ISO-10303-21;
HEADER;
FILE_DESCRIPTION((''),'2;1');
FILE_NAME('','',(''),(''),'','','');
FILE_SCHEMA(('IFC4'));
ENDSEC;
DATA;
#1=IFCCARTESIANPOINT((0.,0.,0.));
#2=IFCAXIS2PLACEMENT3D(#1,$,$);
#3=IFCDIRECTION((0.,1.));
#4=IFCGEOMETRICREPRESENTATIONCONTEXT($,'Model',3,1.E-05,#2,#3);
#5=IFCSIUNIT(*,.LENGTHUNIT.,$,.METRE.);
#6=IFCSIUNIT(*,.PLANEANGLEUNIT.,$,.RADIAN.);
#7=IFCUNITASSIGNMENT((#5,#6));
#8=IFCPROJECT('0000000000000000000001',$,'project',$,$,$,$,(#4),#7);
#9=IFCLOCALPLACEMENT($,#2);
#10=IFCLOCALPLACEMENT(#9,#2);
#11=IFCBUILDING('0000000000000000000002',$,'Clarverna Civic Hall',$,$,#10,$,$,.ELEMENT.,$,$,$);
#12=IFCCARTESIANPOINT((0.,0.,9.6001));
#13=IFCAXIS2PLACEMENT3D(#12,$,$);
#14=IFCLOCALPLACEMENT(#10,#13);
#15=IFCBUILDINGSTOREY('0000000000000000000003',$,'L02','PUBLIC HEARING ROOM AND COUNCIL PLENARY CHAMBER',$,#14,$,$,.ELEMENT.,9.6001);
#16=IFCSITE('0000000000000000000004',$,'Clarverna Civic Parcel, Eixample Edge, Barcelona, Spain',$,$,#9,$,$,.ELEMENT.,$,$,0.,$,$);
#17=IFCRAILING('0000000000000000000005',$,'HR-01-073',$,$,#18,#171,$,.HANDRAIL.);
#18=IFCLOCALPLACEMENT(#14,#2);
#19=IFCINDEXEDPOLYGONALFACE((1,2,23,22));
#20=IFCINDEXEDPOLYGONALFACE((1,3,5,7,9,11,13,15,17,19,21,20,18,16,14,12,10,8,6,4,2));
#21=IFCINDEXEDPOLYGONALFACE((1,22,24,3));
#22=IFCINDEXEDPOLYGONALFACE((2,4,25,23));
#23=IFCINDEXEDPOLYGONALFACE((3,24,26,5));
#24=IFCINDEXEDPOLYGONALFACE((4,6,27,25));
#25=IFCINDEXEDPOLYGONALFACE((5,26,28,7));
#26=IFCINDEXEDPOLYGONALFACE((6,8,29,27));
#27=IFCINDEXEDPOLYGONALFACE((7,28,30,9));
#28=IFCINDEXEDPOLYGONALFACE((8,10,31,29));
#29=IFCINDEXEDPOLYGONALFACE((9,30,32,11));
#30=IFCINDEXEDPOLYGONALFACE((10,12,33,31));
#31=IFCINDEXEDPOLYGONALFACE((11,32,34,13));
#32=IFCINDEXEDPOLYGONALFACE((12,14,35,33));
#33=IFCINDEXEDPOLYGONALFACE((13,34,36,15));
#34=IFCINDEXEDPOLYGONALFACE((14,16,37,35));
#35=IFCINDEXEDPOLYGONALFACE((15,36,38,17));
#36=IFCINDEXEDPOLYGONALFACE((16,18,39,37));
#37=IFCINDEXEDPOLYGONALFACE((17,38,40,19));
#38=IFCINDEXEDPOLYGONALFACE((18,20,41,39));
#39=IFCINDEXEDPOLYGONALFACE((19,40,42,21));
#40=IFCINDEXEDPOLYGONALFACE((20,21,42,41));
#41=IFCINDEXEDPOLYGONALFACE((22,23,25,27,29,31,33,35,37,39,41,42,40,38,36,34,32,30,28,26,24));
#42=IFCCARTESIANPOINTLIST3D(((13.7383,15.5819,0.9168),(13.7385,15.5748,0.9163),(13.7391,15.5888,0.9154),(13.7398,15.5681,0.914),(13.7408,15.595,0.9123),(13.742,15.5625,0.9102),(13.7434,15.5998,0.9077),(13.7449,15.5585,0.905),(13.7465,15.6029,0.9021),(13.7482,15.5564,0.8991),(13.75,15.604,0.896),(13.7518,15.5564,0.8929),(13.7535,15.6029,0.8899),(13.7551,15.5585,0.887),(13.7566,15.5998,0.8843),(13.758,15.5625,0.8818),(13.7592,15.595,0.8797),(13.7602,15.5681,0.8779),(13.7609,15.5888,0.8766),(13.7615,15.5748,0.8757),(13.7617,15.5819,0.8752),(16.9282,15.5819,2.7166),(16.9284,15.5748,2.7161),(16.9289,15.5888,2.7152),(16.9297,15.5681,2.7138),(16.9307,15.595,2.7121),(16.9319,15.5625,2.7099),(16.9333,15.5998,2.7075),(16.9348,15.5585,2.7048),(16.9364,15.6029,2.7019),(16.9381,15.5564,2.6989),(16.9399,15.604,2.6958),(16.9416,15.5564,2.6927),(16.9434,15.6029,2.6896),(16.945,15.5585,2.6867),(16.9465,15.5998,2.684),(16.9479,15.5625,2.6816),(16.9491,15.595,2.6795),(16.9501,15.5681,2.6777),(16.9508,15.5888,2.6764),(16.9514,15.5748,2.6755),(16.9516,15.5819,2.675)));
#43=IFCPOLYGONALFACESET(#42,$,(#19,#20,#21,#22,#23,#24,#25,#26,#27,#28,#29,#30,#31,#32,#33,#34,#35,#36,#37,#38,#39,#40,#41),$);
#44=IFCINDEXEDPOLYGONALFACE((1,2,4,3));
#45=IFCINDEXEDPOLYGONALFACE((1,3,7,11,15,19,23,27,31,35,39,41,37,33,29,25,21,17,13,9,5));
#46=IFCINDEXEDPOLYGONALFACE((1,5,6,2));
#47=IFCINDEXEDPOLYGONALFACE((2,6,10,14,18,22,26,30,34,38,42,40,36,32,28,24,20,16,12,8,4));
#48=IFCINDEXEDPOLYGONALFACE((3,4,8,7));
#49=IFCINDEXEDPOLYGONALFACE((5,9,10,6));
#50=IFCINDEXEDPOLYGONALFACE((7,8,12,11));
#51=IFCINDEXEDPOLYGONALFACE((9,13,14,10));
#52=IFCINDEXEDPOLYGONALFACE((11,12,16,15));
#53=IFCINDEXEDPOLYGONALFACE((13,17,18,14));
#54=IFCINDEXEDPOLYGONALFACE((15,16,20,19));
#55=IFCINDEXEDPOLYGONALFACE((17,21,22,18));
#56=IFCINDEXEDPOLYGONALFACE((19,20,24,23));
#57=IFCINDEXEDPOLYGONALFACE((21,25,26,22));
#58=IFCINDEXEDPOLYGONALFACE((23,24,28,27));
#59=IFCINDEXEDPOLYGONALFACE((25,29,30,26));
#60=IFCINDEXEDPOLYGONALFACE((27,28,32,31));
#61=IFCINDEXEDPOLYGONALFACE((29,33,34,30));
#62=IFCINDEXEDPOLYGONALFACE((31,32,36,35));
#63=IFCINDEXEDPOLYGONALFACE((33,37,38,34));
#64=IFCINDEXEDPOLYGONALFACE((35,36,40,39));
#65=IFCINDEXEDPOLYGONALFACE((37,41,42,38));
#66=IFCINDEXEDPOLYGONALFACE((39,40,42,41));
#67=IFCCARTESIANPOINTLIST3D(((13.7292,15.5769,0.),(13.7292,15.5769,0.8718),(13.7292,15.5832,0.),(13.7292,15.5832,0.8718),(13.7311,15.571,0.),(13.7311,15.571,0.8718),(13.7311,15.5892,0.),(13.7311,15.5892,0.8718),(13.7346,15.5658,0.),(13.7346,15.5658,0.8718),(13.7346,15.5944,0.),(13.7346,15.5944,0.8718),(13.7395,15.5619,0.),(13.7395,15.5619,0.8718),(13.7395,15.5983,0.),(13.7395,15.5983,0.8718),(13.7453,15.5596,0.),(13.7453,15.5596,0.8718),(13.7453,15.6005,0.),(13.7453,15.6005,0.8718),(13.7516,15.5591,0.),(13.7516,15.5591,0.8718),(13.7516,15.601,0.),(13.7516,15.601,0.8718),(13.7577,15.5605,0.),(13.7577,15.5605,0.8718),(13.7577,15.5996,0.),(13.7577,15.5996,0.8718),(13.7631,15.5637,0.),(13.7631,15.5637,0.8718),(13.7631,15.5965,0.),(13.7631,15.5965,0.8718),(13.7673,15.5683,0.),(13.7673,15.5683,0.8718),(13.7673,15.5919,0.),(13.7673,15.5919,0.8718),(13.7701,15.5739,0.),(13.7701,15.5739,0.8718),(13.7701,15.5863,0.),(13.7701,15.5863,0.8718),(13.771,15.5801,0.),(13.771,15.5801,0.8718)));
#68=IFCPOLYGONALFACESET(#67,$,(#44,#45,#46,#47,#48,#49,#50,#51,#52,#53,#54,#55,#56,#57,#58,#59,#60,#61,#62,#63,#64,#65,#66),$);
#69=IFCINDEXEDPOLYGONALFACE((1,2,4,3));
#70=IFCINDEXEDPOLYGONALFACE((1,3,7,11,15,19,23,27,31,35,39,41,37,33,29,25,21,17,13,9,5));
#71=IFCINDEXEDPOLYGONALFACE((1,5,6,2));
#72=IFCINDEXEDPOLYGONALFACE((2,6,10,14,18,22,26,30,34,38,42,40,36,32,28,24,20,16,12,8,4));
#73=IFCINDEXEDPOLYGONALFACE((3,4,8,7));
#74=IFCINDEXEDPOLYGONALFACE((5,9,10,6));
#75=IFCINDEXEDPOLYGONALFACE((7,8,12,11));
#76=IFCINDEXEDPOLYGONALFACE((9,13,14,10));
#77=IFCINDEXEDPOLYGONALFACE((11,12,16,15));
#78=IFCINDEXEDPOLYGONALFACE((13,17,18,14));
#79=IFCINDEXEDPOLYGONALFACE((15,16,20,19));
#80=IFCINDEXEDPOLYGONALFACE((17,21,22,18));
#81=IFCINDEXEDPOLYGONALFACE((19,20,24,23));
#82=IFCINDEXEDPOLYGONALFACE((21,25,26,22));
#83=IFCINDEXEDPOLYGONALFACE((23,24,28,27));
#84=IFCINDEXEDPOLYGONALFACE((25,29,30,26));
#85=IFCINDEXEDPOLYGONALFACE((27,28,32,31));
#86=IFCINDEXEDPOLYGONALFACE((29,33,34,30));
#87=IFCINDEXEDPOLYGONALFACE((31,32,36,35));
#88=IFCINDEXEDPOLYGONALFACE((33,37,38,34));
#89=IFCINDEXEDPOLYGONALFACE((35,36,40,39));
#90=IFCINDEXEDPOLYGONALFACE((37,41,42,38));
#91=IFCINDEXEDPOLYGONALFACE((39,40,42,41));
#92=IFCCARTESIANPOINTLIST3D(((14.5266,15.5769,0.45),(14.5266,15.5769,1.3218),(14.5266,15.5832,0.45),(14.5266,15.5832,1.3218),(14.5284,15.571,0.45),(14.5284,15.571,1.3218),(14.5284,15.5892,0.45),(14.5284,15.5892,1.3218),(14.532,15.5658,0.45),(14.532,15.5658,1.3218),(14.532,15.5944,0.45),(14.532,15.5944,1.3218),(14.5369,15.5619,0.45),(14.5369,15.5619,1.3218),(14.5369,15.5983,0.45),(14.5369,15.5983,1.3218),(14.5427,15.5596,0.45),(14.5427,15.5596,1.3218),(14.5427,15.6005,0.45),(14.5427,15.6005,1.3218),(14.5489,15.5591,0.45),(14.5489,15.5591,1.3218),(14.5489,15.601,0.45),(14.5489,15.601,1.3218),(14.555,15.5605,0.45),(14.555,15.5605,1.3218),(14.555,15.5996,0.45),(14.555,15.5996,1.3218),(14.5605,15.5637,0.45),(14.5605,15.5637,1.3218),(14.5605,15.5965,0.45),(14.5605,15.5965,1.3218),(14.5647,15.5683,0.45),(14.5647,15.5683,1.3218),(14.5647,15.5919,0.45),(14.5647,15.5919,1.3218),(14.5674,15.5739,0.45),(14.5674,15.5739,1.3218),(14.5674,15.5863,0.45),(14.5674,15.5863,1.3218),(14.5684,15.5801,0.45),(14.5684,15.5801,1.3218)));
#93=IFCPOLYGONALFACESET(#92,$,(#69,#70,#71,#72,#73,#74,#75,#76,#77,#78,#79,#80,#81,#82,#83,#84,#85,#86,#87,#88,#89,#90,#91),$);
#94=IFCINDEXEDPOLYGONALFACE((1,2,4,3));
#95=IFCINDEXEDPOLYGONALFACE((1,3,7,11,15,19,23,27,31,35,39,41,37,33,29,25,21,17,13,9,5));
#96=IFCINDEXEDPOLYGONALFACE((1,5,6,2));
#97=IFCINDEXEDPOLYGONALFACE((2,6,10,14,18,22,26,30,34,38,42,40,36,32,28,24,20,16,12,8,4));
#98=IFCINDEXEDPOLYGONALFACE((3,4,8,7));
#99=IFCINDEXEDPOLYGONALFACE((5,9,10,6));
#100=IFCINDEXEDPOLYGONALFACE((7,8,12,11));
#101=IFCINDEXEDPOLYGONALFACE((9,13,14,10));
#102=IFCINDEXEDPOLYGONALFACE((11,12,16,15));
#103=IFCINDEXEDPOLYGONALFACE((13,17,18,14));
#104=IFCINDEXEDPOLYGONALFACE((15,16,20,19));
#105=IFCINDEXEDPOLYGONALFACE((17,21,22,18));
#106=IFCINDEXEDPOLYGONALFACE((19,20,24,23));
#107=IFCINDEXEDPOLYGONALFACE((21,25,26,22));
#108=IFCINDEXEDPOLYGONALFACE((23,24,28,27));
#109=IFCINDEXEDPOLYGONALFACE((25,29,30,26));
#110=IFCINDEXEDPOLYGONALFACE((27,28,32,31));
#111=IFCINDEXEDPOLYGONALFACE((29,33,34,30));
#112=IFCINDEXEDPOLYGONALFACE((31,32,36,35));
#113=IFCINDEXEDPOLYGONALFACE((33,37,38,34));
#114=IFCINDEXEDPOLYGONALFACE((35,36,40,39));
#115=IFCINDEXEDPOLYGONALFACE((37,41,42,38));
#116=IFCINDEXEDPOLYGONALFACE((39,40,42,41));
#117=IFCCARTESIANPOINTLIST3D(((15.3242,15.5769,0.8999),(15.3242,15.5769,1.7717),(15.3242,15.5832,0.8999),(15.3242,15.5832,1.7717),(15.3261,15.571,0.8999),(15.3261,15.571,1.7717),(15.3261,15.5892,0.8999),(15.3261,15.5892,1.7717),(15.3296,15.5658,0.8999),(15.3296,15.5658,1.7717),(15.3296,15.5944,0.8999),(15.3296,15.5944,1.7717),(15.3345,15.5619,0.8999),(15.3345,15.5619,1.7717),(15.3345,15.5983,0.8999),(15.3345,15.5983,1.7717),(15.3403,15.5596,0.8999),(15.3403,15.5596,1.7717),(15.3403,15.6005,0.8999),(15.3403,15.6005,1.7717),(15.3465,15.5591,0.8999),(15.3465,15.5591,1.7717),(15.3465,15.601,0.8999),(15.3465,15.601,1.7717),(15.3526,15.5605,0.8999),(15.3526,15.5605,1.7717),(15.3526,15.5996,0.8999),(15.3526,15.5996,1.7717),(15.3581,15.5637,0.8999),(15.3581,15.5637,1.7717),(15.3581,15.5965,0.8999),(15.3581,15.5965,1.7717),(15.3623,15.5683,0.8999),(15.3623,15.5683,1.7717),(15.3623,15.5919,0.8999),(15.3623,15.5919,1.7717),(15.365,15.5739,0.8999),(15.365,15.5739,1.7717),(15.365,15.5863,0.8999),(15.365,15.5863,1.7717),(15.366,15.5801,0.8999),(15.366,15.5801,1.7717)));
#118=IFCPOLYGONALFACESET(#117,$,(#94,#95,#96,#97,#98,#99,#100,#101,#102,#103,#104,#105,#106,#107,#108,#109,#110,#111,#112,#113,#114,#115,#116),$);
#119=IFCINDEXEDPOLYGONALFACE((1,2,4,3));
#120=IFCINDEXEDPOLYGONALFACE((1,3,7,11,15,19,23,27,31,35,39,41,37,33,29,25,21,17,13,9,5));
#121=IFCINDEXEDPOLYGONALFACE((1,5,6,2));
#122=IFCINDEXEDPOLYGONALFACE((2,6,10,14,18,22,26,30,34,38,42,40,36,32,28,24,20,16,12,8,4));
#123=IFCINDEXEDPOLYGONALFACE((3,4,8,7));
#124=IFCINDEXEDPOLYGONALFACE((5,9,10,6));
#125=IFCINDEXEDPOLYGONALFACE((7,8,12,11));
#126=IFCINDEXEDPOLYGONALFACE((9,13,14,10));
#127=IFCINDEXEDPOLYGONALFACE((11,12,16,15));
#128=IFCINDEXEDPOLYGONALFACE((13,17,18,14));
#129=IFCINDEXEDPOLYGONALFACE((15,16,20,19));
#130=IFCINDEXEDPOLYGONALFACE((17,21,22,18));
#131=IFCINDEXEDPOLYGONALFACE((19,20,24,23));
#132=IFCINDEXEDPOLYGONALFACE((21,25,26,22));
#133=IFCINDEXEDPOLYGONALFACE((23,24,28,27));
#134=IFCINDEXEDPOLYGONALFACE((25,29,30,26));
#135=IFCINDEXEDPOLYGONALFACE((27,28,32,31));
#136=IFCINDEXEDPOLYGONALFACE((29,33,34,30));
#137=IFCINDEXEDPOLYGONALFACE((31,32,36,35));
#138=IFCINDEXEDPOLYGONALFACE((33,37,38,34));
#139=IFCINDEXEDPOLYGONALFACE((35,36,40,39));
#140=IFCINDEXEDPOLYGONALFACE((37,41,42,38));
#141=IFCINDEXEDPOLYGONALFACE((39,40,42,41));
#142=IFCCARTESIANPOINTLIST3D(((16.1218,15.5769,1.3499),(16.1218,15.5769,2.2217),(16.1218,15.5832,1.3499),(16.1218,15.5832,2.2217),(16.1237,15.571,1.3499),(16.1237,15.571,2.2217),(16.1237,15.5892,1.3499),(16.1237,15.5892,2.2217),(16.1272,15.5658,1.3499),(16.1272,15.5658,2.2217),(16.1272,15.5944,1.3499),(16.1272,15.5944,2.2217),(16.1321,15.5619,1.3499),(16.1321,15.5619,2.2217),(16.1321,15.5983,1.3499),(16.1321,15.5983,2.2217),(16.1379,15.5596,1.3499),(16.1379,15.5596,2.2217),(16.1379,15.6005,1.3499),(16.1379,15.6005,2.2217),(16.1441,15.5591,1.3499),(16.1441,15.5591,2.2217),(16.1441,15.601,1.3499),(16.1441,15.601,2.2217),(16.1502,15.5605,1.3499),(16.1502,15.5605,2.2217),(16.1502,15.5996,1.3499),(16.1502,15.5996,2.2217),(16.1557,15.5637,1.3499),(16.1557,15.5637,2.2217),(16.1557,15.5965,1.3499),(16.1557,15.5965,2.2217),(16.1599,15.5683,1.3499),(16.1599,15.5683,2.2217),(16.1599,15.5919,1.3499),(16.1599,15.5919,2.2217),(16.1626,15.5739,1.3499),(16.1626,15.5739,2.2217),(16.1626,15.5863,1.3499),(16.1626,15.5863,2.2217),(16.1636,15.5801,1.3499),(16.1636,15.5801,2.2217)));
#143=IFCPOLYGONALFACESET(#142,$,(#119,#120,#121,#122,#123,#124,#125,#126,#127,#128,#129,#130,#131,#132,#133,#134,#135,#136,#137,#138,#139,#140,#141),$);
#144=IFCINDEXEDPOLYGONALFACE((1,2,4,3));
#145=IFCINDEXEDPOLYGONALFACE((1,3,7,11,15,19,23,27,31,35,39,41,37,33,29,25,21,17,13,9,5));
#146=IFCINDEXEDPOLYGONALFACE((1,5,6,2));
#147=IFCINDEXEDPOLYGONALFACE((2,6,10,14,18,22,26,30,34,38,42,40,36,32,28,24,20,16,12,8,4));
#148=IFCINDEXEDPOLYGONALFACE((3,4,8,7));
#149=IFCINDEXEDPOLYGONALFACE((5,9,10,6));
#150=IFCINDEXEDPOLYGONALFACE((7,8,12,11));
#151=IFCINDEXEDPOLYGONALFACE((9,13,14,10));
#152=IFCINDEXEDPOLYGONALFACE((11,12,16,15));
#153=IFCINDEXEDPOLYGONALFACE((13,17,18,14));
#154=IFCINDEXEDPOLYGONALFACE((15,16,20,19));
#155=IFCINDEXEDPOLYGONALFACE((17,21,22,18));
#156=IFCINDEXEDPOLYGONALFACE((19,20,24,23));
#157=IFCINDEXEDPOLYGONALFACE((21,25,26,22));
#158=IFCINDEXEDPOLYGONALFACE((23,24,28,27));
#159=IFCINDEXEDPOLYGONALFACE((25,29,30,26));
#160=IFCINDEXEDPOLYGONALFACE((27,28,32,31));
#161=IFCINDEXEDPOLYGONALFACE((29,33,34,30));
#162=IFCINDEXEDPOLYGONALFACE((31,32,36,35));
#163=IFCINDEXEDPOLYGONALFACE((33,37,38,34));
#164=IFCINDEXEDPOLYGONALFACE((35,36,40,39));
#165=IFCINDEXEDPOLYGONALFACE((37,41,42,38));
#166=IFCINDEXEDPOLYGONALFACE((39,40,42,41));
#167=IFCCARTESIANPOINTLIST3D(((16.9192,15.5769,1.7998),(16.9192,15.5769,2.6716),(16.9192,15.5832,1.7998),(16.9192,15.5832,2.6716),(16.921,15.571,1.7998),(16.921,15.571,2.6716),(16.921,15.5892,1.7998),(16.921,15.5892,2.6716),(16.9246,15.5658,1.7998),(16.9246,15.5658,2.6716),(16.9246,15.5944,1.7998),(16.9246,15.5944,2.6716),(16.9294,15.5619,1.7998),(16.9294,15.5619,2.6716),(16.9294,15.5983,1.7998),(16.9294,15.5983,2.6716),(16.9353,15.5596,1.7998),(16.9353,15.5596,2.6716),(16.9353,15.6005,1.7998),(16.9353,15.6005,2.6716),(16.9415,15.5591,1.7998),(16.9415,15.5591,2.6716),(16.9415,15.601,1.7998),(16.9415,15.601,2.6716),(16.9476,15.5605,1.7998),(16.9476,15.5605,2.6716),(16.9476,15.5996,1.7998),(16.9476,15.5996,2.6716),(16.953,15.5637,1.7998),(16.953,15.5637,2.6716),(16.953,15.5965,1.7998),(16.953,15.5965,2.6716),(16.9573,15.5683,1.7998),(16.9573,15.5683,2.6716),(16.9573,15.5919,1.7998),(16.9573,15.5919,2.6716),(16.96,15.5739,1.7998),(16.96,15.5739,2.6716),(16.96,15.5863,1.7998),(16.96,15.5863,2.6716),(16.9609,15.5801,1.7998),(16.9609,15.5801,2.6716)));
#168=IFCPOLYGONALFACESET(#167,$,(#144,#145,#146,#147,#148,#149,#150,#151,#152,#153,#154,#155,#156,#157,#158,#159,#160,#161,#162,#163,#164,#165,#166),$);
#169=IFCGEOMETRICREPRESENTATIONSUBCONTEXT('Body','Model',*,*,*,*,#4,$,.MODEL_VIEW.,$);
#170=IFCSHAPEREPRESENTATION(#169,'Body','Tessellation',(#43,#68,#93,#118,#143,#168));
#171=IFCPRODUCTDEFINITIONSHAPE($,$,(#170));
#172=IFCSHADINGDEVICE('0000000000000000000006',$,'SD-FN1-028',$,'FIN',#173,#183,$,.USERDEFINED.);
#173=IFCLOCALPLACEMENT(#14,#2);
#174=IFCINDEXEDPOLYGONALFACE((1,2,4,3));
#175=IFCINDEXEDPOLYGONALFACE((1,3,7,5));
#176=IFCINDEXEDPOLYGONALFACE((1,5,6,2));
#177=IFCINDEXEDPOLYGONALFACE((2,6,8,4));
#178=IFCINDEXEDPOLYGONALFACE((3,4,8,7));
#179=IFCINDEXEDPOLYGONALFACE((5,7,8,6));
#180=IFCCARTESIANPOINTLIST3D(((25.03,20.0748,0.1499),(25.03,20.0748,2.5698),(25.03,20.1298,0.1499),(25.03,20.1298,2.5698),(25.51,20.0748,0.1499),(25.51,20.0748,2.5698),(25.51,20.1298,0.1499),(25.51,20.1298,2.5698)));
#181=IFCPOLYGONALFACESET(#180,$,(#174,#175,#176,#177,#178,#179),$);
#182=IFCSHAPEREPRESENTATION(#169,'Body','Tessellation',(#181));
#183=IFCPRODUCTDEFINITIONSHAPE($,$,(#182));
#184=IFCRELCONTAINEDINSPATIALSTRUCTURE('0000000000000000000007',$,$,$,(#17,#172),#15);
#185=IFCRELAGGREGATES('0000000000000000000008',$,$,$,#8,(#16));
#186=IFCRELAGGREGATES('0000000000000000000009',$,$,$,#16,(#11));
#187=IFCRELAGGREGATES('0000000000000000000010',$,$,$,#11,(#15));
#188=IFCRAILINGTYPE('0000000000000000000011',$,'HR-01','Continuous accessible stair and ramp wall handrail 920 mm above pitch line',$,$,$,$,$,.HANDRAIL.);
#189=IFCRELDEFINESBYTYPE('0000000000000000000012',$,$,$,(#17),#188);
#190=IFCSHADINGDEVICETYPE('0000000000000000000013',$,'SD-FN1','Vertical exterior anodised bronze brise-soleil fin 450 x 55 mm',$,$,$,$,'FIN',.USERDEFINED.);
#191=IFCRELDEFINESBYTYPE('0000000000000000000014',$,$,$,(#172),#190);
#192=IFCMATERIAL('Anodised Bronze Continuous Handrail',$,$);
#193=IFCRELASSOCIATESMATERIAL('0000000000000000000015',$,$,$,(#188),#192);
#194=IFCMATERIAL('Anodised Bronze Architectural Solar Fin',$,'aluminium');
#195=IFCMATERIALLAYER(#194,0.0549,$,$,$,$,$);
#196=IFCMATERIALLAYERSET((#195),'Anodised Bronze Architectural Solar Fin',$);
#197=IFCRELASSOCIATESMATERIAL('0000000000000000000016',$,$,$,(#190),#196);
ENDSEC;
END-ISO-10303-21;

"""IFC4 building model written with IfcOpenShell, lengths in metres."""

from ifc_helpers import new_model, si_unit, direction, frame, frame_2d, origin, origin_2d, place, context, subcontext, project, spatial, rectangle, circle, extrude, material, layer, layer_set, type_object, element, save


model = new_model("IFC4")

# Units and contexts
model_context = context("Model", 3, precision=1e-05, world=origin(), true_north=direction((0.0, 1.0)))
body_context = subcontext(model_context, "Body", "Model", "MODEL_VIEW")
ifc_project = project(units=[si_unit("LENGTHUNIT", "METRE"), si_unit("PLANEANGLEUNIT", "RADIAN")], contexts=[model_context])

# Site, building, storey
site_placement = place(None, origin())
site = spatial("IfcSite", under=ifc_project, at=site_placement, Name="Clarverna Civic Parcel, Eixample Edge, Barcelona, Spain", CompositionType="ELEMENT", RefElevation=0.0)
building_placement = place(site_placement, origin())
building = spatial("IfcBuilding", under=site, at=building_placement, Name="Clarverna Civic Hall", CompositionType="ELEMENT")
storey_placement = place(building_placement, frame((0.0, 0.0, 9.6001)))
storey = spatial("IfcBuildingStorey", under=building, at=storey_placement, Name="L02", Description="PUBLIC HEARING ROOM AND COUNCIL PLENARY CHAMBER", CompositionType="ELEMENT", Elevation=9.6001)

# Railing
ifc_material_1 = material(Name="Anodised Bronze Continuous Handrail")
railing_type_1 = type_object("IfcRailingType", Name="HR-01", Description="Continuous accessible stair and ramp wall handrail 920 mm above pitch line", PredefinedType="HANDRAIL", material=ifc_material_1)
railing_1_placement = place(storey_placement, frame((13.75, 15.5801, 0.0)))
element("IfcRailing", 1, at=railing_1_placement, inside=storey, type_object=railing_type_1, Name="HR-01-073", PredefinedType="HANDRAIL", context=body_context, shape_type="SweptSolid", body=[
    extrude(circle(Radius=0.0239, at=origin_2d()), frame((0.0, 0.0, 0.896), z_axis=(0.870938, 0.0, 0.491394), x_axis=(0.0, 1.0, 0.0)), (0.0, 0.0, 1.0), 3.6626),
    extrude(circle(Radius=0.021, at=origin_2d()), origin(), (0.0, 0.0, 1.0), 0.8718),
    extrude(circle(Radius=0.021, at=origin_2d()), frame((0.7974, 0.0, 0.45)), (0.0, 0.0, 1.0), 0.8718),
    extrude(circle(Radius=0.021, at=origin_2d()), frame((1.595, 0.0, 0.8999)), (0.0, 0.0, 1.0), 0.8718),
    extrude(circle(Radius=0.021, at=origin_2d()), frame((2.3926, 0.0, 1.3499)), (0.0, 0.0, 1.0), 0.8718),
    extrude(circle(Radius=0.021, at=origin_2d()), frame((3.1899, 0.0, 1.7998)), (0.0, 0.0, 1.0), 0.8718),
])

# Shading device
ifc_material_2 = material(Name="Anodised Bronze Architectural Solar Fin", Category="aluminium")
ifc_layer_1 = layer(ifc_material_2, 0.0549)
ifc_layer_set_1 = layer_set([ifc_layer_1], Name="Anodised Bronze Architectural Solar Fin")
shading_device_type = type_object("IfcShadingDeviceType", Name="SD-FN1", Description="Vertical exterior anodised bronze brise-soleil fin 450 x 55 mm", ElementType="FIN", PredefinedType="USERDEFINED", material=ifc_layer_set_1)
shading_device_placement = place(storey_placement, frame((25.03, 20.1023, 0.1499), z_axis=(0.0, 0.0, 1.0), x_axis=(1.0, 0.0, 0.0)))
element("IfcShadingDevice", 2, at=shading_device_placement, inside=storey, type_object=shading_device_type, Name="SD-FN1-028", ObjectType="FIN", PredefinedType="USERDEFINED", context=body_context, shape_type="SweptSolid", body=[
    extrude(rectangle(XDim=0.48, YDim=0.0549, at=frame_2d((0.24, 0.0))), origin(), (0.0, 0.0, 1.0), 2.4199),
])

save(model, "model.ifc")
